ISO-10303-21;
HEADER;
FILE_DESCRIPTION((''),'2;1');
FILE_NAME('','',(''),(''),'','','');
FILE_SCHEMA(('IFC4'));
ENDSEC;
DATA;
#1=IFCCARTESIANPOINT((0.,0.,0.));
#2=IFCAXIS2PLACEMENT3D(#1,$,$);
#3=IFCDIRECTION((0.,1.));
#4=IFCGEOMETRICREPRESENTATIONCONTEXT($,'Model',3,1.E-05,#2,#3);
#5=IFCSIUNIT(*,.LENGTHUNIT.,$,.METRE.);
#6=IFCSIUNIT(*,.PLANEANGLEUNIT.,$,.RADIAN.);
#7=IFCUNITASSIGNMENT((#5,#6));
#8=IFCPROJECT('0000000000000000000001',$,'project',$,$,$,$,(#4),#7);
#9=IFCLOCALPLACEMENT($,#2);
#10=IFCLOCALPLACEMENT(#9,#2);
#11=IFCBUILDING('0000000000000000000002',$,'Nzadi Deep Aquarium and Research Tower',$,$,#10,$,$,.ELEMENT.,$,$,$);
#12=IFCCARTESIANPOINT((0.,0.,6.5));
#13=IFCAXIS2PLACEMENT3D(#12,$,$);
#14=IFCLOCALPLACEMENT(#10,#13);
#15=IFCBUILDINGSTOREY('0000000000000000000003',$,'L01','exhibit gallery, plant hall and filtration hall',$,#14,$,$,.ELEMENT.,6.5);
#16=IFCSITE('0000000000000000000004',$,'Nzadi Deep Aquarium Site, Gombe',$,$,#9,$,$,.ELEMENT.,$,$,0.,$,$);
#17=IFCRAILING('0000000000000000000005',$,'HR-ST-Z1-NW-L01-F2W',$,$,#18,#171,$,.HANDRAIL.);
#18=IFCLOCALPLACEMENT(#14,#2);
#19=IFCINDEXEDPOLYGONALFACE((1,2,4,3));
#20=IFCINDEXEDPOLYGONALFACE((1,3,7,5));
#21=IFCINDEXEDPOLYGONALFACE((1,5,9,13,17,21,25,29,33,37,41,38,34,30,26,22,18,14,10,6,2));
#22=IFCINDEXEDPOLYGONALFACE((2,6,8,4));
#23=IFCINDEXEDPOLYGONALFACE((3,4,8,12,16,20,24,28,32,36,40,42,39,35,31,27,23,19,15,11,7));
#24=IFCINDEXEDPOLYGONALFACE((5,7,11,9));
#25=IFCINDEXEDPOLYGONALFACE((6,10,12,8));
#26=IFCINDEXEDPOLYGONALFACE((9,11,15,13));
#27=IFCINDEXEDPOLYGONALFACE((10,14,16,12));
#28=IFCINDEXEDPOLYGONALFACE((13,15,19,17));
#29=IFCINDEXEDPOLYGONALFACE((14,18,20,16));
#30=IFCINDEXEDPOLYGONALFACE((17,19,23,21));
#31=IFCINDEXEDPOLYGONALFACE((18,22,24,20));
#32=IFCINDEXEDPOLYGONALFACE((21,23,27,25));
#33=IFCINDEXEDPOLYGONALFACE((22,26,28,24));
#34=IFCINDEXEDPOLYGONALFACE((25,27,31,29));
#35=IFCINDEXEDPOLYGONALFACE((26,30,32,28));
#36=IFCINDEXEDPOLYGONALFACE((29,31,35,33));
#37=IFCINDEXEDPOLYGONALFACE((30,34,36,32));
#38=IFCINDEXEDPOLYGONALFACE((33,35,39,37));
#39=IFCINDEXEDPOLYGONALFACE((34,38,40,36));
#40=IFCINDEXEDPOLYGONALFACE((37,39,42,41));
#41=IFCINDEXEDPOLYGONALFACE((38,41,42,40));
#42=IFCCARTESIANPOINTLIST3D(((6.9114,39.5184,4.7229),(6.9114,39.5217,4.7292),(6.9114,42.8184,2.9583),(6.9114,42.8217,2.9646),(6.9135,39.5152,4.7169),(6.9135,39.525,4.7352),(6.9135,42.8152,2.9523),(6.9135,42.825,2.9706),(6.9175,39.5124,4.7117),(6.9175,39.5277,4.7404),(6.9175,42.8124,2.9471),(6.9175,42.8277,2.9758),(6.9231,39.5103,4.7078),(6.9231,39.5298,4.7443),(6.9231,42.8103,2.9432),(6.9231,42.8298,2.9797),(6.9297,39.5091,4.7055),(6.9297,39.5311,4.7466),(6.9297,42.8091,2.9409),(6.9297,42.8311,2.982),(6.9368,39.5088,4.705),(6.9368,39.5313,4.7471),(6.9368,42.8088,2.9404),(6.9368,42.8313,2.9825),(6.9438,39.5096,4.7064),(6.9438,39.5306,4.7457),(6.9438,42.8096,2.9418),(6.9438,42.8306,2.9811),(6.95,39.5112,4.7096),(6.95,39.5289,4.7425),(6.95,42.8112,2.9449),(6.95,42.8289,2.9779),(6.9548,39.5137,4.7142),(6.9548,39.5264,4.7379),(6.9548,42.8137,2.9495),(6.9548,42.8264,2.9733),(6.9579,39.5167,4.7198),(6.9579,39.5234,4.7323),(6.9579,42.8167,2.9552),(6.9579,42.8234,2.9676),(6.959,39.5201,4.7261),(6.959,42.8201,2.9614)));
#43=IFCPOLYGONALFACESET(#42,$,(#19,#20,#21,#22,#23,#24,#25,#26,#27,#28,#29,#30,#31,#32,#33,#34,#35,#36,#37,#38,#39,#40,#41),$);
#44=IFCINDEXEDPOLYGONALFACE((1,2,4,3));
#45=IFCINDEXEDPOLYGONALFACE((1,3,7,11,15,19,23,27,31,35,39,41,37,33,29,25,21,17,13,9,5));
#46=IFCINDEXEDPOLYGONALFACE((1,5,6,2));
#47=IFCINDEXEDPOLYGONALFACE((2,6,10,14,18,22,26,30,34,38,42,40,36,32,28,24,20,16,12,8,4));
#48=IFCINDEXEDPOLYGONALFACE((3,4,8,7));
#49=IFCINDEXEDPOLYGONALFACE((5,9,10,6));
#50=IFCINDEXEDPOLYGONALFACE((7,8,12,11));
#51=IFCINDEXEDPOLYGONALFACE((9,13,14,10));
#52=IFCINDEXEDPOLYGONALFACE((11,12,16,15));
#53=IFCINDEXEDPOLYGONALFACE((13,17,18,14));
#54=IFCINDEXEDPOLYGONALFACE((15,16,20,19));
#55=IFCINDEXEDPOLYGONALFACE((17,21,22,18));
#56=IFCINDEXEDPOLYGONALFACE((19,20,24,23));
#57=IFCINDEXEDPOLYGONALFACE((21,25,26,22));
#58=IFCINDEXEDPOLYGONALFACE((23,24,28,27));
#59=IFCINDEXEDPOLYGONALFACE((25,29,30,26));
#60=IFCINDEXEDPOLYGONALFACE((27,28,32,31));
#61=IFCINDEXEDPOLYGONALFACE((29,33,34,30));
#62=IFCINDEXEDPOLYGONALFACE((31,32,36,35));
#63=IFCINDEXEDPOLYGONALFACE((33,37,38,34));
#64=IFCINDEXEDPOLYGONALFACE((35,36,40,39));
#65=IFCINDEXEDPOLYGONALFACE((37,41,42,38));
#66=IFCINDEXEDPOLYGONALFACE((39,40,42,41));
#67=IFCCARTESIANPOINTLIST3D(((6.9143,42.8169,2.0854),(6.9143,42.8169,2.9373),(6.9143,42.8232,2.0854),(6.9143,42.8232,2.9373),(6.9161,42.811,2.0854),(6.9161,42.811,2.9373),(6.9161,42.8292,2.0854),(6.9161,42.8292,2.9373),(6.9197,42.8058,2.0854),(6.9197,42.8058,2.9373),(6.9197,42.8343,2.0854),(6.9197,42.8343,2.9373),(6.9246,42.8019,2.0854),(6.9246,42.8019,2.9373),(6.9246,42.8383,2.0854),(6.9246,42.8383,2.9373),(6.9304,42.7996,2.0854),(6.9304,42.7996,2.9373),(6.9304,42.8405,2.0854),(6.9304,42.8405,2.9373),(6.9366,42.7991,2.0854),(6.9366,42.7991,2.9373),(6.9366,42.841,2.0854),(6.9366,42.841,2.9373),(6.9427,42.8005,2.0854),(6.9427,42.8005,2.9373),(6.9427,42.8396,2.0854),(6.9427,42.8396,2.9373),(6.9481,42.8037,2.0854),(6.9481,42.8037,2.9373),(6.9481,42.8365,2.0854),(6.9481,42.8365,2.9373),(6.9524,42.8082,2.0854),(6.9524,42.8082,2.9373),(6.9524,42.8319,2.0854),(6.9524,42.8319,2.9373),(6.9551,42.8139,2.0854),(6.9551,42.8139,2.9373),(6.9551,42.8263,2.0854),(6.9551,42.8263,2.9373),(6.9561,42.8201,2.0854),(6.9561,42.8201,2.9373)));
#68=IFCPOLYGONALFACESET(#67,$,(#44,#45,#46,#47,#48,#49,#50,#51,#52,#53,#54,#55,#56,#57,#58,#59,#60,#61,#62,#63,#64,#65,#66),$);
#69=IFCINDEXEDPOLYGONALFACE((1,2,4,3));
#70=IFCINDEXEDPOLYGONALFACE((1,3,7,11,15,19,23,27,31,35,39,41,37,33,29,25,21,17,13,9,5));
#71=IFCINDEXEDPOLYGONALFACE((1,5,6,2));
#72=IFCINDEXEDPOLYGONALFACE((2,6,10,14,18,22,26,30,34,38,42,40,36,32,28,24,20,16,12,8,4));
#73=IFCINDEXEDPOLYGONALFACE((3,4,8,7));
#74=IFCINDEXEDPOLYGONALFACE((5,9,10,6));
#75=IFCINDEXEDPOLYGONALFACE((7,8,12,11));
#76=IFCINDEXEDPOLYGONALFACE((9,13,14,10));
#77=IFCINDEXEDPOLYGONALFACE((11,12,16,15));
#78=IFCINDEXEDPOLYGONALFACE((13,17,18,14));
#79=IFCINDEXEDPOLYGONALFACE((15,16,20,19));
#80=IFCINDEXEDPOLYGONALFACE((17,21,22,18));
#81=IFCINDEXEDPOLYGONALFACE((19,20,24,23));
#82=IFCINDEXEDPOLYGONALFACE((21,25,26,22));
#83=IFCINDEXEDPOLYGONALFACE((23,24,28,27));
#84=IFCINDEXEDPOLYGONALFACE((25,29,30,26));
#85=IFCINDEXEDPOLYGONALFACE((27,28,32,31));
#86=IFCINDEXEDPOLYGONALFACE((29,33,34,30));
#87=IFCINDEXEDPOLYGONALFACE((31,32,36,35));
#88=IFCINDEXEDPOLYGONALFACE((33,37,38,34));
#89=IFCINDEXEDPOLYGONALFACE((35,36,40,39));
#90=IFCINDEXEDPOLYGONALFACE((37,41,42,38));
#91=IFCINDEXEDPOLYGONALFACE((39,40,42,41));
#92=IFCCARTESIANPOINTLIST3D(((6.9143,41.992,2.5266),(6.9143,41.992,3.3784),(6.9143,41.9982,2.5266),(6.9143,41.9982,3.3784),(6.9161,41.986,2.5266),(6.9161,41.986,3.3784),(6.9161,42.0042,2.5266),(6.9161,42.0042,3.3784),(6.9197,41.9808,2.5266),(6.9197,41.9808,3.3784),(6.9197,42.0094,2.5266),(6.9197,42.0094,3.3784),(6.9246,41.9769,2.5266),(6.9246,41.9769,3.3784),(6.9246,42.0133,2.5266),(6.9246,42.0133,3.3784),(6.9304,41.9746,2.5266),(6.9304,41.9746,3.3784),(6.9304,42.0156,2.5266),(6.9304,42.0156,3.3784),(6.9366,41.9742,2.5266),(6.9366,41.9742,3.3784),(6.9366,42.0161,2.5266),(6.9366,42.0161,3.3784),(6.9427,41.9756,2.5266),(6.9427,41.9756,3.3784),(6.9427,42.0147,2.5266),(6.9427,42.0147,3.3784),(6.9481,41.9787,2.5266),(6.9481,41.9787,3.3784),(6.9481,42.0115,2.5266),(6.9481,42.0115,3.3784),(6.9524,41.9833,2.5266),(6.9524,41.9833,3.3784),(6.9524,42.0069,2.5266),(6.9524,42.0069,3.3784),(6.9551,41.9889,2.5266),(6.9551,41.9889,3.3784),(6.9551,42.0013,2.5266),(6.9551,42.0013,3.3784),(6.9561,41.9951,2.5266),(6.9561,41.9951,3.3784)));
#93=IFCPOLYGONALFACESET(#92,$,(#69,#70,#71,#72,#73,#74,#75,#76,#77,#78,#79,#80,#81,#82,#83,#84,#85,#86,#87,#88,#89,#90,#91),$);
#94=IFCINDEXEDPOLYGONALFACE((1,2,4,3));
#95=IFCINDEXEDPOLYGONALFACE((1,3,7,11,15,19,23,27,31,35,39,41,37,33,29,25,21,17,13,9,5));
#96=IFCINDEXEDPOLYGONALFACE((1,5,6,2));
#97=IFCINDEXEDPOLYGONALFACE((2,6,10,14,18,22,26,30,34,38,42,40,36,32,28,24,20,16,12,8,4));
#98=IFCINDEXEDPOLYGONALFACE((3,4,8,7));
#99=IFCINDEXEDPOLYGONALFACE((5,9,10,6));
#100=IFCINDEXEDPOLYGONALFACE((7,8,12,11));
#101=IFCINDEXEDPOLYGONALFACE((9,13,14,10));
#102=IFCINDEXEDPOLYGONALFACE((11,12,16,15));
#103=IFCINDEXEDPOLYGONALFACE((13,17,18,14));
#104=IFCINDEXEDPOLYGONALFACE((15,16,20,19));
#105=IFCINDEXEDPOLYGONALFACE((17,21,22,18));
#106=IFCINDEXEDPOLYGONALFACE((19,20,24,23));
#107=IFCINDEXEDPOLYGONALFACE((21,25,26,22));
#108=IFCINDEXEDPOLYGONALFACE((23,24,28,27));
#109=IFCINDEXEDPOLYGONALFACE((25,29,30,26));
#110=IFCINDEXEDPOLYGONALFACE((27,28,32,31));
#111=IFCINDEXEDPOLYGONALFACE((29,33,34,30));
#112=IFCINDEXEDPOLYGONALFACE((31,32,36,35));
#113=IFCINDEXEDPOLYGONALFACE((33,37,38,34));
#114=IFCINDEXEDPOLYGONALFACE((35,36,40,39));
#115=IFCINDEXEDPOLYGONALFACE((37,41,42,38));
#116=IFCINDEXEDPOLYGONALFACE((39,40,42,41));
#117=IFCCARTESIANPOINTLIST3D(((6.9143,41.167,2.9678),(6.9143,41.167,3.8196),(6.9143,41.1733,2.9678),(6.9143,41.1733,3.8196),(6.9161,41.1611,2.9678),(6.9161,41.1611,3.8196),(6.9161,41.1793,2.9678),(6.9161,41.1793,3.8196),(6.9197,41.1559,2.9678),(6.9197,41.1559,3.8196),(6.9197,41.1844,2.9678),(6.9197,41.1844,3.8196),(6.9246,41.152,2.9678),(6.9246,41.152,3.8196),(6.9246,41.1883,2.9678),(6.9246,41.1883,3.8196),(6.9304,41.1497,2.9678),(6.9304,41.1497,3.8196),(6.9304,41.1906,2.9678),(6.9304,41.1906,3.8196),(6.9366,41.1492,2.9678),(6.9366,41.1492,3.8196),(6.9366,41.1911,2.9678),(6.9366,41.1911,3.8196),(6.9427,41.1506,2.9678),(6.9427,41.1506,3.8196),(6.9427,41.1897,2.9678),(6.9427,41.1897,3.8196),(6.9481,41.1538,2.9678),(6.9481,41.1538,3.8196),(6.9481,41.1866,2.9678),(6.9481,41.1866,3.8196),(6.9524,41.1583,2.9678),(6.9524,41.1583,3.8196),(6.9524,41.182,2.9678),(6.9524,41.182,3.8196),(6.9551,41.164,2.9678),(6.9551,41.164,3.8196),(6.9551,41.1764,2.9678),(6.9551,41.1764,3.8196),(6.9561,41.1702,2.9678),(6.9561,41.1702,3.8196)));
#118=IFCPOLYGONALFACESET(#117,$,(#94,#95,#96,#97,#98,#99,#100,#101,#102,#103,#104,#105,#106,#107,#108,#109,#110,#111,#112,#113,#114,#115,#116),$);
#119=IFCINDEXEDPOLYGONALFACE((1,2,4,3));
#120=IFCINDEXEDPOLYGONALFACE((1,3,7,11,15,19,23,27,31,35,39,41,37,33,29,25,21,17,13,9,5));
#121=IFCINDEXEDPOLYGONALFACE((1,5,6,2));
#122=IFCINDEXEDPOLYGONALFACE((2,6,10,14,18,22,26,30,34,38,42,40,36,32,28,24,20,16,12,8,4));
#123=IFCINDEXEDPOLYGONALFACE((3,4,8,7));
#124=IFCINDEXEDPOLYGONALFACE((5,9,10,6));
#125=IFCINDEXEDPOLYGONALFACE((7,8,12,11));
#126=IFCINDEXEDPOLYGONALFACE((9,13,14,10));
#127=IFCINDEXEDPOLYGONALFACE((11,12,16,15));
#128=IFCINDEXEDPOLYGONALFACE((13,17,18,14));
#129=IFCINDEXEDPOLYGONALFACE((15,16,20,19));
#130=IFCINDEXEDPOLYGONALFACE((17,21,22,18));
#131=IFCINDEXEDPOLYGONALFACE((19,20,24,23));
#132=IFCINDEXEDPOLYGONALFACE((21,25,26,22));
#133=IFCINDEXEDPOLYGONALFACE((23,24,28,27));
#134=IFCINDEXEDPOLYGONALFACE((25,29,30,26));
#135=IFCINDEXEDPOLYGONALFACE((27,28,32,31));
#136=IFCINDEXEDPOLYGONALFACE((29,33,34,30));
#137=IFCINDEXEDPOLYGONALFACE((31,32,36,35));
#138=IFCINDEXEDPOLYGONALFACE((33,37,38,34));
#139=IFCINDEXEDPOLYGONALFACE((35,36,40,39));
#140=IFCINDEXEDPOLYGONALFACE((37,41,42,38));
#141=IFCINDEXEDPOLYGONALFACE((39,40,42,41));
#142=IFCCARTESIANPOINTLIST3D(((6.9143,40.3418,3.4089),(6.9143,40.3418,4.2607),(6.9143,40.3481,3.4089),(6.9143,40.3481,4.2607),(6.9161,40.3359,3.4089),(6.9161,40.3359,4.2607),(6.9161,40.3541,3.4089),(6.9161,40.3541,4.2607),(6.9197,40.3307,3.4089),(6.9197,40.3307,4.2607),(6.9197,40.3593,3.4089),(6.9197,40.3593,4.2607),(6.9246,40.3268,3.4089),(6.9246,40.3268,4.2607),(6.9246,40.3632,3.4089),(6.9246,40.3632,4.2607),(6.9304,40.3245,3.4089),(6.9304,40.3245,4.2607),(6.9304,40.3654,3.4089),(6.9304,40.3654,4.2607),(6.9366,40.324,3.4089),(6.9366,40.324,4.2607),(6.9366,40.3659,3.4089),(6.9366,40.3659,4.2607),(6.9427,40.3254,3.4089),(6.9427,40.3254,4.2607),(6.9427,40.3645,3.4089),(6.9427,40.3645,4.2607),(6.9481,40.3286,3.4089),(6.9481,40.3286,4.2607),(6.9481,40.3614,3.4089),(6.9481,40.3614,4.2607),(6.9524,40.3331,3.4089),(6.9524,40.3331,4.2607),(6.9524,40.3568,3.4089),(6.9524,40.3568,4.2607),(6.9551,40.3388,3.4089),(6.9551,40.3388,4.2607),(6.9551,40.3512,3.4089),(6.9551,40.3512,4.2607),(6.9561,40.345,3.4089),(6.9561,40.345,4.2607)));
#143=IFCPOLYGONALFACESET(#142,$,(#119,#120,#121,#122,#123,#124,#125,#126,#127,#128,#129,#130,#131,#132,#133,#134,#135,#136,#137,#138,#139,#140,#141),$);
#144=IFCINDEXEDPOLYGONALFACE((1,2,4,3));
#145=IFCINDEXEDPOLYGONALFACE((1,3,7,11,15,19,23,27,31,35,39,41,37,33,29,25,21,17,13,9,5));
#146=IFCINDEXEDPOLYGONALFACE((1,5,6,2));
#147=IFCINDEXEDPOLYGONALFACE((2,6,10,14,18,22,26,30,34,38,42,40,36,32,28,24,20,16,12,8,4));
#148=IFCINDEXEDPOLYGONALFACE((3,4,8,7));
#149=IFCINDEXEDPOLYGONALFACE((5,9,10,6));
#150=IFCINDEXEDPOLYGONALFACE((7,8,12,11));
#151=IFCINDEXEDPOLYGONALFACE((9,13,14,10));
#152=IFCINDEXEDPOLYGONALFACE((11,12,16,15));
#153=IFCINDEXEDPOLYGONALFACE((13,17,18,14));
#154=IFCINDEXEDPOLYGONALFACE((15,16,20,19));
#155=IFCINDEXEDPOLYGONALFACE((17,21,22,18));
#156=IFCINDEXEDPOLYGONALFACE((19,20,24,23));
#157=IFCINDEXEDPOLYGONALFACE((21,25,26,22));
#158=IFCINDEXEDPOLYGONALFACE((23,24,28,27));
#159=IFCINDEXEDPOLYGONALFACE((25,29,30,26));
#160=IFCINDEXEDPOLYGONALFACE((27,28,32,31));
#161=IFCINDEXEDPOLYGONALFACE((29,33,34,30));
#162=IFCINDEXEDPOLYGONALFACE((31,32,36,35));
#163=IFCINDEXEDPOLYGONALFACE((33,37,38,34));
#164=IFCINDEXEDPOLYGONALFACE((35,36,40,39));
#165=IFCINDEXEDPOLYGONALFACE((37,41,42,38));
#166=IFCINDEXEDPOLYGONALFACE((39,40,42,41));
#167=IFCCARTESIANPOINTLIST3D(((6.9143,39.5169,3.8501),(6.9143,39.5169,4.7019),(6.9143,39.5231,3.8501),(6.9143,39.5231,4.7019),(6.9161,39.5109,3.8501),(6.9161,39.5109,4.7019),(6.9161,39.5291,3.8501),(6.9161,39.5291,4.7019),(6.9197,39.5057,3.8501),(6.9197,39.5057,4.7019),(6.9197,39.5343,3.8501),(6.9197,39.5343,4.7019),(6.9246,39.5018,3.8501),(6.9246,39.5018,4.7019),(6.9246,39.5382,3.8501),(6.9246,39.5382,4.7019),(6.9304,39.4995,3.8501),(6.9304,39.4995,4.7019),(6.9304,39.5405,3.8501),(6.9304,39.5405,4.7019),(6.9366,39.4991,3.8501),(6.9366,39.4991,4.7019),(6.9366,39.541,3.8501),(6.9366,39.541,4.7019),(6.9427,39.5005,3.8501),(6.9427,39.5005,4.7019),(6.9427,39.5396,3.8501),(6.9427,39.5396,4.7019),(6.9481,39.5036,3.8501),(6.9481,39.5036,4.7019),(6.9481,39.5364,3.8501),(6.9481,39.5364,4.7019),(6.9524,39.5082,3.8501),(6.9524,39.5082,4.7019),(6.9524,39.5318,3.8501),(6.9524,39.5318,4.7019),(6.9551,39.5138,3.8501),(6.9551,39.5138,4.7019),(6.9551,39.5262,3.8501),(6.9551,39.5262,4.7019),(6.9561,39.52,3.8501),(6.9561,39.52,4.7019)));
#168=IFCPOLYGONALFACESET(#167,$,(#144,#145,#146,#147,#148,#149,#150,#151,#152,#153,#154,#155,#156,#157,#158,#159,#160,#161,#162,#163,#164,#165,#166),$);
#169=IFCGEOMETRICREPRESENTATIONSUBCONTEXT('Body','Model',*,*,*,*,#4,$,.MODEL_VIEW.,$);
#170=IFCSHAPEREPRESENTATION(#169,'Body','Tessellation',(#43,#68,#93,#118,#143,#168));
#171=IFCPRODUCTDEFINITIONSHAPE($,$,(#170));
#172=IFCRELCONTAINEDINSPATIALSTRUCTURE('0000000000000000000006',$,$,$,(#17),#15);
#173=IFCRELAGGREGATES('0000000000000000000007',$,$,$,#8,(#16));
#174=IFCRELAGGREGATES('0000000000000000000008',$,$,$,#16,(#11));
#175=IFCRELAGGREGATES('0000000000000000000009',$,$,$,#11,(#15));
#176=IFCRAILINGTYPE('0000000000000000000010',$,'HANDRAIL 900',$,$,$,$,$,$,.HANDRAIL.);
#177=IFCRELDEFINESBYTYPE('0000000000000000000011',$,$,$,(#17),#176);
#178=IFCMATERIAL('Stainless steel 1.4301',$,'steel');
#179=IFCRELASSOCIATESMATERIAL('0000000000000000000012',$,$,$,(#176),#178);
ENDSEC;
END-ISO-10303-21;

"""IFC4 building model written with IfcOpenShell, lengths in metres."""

from ifc_helpers import new_model, si_unit, direction, frame, origin, origin_2d, place, context, subcontext, project, spatial, circle, extrude, material, type_object, element, save


model = new_model("IFC4")

# Units and contexts
model_context = context("Model", 3, precision=1e-05, world=origin(), true_north=direction((0.0, 1.0)))
body_context = subcontext(model_context, "Body", "Model", "MODEL_VIEW")
ifc_project = project(units=[si_unit("LENGTHUNIT", "METRE"), si_unit("PLANEANGLEUNIT", "RADIAN")], contexts=[model_context])

# Site, building, storey
site_placement = place(None, origin())
site = spatial("IfcSite", under=ifc_project, at=site_placement, Name="Nzadi Deep Aquarium Site, Gombe", CompositionType="ELEMENT", RefElevation=0.0)
building_placement = place(site_placement, origin())
building = spatial("IfcBuilding", under=site, at=building_placement, Name="Nzadi Deep Aquarium and Research Tower", CompositionType="ELEMENT")
storey_placement = place(building_placement, frame((0.0, 0.0, 6.5)))
storey = spatial("IfcBuildingStorey", under=building, at=storey_placement, Name="L01", Description="exhibit gallery, plant hall and filtration hall", CompositionType="ELEMENT", Elevation=6.5)

# Railing
ifc_material_1 = material(Name="Stainless steel 1.4301", Category="steel")
railing_type = type_object("IfcRailingType", Name="HANDRAIL 900", PredefinedType="HANDRAIL", material=ifc_material_1)
for number, where, name in (
    (1, (6.9351, 42.8201, 2.0854), "HR-ST-Z1-NW-L01-F2W"),
):
    element("IfcRailing", number, at=place(storey_placement, frame(where)), inside=storey, type_object=railing_type, Name=name, PredefinedType="HANDRAIL", context=body_context, shape_type="SweptSolid", body=[
        extrude(circle(Radius=0.0239, at=origin_2d()), frame((0.0, 0.0, 0.876), z_axis=(0.0, -0.88184, 0.47155), x_axis=(1.0, 0.0, 0.0)), (0.0, 0.0, 1.0), 3.7422),
        extrude(circle(Radius=0.021, at=origin_2d()), origin(), (0.0, 0.0, 1.0), 0.8518),
        extrude(circle(Radius=0.021, at=origin_2d()), frame((0.0, -0.825, 0.4412)), (0.0, 0.0, 1.0), 0.8518),
        extrude(circle(Radius=0.021, at=origin_2d()), frame((0.0, -1.6499, 0.8823)), (0.0, 0.0, 1.0), 0.8518),
        extrude(circle(Radius=0.021, at=origin_2d()), frame((0.0, -2.4751, 1.3235)), (0.0, 0.0, 1.0), 0.8518),
        extrude(circle(Radius=0.021, at=origin_2d()), frame((0.0, -3.3, 1.7646)), (0.0, 0.0, 1.0), 0.8518),
    ])

save(model, "model.ifc")
